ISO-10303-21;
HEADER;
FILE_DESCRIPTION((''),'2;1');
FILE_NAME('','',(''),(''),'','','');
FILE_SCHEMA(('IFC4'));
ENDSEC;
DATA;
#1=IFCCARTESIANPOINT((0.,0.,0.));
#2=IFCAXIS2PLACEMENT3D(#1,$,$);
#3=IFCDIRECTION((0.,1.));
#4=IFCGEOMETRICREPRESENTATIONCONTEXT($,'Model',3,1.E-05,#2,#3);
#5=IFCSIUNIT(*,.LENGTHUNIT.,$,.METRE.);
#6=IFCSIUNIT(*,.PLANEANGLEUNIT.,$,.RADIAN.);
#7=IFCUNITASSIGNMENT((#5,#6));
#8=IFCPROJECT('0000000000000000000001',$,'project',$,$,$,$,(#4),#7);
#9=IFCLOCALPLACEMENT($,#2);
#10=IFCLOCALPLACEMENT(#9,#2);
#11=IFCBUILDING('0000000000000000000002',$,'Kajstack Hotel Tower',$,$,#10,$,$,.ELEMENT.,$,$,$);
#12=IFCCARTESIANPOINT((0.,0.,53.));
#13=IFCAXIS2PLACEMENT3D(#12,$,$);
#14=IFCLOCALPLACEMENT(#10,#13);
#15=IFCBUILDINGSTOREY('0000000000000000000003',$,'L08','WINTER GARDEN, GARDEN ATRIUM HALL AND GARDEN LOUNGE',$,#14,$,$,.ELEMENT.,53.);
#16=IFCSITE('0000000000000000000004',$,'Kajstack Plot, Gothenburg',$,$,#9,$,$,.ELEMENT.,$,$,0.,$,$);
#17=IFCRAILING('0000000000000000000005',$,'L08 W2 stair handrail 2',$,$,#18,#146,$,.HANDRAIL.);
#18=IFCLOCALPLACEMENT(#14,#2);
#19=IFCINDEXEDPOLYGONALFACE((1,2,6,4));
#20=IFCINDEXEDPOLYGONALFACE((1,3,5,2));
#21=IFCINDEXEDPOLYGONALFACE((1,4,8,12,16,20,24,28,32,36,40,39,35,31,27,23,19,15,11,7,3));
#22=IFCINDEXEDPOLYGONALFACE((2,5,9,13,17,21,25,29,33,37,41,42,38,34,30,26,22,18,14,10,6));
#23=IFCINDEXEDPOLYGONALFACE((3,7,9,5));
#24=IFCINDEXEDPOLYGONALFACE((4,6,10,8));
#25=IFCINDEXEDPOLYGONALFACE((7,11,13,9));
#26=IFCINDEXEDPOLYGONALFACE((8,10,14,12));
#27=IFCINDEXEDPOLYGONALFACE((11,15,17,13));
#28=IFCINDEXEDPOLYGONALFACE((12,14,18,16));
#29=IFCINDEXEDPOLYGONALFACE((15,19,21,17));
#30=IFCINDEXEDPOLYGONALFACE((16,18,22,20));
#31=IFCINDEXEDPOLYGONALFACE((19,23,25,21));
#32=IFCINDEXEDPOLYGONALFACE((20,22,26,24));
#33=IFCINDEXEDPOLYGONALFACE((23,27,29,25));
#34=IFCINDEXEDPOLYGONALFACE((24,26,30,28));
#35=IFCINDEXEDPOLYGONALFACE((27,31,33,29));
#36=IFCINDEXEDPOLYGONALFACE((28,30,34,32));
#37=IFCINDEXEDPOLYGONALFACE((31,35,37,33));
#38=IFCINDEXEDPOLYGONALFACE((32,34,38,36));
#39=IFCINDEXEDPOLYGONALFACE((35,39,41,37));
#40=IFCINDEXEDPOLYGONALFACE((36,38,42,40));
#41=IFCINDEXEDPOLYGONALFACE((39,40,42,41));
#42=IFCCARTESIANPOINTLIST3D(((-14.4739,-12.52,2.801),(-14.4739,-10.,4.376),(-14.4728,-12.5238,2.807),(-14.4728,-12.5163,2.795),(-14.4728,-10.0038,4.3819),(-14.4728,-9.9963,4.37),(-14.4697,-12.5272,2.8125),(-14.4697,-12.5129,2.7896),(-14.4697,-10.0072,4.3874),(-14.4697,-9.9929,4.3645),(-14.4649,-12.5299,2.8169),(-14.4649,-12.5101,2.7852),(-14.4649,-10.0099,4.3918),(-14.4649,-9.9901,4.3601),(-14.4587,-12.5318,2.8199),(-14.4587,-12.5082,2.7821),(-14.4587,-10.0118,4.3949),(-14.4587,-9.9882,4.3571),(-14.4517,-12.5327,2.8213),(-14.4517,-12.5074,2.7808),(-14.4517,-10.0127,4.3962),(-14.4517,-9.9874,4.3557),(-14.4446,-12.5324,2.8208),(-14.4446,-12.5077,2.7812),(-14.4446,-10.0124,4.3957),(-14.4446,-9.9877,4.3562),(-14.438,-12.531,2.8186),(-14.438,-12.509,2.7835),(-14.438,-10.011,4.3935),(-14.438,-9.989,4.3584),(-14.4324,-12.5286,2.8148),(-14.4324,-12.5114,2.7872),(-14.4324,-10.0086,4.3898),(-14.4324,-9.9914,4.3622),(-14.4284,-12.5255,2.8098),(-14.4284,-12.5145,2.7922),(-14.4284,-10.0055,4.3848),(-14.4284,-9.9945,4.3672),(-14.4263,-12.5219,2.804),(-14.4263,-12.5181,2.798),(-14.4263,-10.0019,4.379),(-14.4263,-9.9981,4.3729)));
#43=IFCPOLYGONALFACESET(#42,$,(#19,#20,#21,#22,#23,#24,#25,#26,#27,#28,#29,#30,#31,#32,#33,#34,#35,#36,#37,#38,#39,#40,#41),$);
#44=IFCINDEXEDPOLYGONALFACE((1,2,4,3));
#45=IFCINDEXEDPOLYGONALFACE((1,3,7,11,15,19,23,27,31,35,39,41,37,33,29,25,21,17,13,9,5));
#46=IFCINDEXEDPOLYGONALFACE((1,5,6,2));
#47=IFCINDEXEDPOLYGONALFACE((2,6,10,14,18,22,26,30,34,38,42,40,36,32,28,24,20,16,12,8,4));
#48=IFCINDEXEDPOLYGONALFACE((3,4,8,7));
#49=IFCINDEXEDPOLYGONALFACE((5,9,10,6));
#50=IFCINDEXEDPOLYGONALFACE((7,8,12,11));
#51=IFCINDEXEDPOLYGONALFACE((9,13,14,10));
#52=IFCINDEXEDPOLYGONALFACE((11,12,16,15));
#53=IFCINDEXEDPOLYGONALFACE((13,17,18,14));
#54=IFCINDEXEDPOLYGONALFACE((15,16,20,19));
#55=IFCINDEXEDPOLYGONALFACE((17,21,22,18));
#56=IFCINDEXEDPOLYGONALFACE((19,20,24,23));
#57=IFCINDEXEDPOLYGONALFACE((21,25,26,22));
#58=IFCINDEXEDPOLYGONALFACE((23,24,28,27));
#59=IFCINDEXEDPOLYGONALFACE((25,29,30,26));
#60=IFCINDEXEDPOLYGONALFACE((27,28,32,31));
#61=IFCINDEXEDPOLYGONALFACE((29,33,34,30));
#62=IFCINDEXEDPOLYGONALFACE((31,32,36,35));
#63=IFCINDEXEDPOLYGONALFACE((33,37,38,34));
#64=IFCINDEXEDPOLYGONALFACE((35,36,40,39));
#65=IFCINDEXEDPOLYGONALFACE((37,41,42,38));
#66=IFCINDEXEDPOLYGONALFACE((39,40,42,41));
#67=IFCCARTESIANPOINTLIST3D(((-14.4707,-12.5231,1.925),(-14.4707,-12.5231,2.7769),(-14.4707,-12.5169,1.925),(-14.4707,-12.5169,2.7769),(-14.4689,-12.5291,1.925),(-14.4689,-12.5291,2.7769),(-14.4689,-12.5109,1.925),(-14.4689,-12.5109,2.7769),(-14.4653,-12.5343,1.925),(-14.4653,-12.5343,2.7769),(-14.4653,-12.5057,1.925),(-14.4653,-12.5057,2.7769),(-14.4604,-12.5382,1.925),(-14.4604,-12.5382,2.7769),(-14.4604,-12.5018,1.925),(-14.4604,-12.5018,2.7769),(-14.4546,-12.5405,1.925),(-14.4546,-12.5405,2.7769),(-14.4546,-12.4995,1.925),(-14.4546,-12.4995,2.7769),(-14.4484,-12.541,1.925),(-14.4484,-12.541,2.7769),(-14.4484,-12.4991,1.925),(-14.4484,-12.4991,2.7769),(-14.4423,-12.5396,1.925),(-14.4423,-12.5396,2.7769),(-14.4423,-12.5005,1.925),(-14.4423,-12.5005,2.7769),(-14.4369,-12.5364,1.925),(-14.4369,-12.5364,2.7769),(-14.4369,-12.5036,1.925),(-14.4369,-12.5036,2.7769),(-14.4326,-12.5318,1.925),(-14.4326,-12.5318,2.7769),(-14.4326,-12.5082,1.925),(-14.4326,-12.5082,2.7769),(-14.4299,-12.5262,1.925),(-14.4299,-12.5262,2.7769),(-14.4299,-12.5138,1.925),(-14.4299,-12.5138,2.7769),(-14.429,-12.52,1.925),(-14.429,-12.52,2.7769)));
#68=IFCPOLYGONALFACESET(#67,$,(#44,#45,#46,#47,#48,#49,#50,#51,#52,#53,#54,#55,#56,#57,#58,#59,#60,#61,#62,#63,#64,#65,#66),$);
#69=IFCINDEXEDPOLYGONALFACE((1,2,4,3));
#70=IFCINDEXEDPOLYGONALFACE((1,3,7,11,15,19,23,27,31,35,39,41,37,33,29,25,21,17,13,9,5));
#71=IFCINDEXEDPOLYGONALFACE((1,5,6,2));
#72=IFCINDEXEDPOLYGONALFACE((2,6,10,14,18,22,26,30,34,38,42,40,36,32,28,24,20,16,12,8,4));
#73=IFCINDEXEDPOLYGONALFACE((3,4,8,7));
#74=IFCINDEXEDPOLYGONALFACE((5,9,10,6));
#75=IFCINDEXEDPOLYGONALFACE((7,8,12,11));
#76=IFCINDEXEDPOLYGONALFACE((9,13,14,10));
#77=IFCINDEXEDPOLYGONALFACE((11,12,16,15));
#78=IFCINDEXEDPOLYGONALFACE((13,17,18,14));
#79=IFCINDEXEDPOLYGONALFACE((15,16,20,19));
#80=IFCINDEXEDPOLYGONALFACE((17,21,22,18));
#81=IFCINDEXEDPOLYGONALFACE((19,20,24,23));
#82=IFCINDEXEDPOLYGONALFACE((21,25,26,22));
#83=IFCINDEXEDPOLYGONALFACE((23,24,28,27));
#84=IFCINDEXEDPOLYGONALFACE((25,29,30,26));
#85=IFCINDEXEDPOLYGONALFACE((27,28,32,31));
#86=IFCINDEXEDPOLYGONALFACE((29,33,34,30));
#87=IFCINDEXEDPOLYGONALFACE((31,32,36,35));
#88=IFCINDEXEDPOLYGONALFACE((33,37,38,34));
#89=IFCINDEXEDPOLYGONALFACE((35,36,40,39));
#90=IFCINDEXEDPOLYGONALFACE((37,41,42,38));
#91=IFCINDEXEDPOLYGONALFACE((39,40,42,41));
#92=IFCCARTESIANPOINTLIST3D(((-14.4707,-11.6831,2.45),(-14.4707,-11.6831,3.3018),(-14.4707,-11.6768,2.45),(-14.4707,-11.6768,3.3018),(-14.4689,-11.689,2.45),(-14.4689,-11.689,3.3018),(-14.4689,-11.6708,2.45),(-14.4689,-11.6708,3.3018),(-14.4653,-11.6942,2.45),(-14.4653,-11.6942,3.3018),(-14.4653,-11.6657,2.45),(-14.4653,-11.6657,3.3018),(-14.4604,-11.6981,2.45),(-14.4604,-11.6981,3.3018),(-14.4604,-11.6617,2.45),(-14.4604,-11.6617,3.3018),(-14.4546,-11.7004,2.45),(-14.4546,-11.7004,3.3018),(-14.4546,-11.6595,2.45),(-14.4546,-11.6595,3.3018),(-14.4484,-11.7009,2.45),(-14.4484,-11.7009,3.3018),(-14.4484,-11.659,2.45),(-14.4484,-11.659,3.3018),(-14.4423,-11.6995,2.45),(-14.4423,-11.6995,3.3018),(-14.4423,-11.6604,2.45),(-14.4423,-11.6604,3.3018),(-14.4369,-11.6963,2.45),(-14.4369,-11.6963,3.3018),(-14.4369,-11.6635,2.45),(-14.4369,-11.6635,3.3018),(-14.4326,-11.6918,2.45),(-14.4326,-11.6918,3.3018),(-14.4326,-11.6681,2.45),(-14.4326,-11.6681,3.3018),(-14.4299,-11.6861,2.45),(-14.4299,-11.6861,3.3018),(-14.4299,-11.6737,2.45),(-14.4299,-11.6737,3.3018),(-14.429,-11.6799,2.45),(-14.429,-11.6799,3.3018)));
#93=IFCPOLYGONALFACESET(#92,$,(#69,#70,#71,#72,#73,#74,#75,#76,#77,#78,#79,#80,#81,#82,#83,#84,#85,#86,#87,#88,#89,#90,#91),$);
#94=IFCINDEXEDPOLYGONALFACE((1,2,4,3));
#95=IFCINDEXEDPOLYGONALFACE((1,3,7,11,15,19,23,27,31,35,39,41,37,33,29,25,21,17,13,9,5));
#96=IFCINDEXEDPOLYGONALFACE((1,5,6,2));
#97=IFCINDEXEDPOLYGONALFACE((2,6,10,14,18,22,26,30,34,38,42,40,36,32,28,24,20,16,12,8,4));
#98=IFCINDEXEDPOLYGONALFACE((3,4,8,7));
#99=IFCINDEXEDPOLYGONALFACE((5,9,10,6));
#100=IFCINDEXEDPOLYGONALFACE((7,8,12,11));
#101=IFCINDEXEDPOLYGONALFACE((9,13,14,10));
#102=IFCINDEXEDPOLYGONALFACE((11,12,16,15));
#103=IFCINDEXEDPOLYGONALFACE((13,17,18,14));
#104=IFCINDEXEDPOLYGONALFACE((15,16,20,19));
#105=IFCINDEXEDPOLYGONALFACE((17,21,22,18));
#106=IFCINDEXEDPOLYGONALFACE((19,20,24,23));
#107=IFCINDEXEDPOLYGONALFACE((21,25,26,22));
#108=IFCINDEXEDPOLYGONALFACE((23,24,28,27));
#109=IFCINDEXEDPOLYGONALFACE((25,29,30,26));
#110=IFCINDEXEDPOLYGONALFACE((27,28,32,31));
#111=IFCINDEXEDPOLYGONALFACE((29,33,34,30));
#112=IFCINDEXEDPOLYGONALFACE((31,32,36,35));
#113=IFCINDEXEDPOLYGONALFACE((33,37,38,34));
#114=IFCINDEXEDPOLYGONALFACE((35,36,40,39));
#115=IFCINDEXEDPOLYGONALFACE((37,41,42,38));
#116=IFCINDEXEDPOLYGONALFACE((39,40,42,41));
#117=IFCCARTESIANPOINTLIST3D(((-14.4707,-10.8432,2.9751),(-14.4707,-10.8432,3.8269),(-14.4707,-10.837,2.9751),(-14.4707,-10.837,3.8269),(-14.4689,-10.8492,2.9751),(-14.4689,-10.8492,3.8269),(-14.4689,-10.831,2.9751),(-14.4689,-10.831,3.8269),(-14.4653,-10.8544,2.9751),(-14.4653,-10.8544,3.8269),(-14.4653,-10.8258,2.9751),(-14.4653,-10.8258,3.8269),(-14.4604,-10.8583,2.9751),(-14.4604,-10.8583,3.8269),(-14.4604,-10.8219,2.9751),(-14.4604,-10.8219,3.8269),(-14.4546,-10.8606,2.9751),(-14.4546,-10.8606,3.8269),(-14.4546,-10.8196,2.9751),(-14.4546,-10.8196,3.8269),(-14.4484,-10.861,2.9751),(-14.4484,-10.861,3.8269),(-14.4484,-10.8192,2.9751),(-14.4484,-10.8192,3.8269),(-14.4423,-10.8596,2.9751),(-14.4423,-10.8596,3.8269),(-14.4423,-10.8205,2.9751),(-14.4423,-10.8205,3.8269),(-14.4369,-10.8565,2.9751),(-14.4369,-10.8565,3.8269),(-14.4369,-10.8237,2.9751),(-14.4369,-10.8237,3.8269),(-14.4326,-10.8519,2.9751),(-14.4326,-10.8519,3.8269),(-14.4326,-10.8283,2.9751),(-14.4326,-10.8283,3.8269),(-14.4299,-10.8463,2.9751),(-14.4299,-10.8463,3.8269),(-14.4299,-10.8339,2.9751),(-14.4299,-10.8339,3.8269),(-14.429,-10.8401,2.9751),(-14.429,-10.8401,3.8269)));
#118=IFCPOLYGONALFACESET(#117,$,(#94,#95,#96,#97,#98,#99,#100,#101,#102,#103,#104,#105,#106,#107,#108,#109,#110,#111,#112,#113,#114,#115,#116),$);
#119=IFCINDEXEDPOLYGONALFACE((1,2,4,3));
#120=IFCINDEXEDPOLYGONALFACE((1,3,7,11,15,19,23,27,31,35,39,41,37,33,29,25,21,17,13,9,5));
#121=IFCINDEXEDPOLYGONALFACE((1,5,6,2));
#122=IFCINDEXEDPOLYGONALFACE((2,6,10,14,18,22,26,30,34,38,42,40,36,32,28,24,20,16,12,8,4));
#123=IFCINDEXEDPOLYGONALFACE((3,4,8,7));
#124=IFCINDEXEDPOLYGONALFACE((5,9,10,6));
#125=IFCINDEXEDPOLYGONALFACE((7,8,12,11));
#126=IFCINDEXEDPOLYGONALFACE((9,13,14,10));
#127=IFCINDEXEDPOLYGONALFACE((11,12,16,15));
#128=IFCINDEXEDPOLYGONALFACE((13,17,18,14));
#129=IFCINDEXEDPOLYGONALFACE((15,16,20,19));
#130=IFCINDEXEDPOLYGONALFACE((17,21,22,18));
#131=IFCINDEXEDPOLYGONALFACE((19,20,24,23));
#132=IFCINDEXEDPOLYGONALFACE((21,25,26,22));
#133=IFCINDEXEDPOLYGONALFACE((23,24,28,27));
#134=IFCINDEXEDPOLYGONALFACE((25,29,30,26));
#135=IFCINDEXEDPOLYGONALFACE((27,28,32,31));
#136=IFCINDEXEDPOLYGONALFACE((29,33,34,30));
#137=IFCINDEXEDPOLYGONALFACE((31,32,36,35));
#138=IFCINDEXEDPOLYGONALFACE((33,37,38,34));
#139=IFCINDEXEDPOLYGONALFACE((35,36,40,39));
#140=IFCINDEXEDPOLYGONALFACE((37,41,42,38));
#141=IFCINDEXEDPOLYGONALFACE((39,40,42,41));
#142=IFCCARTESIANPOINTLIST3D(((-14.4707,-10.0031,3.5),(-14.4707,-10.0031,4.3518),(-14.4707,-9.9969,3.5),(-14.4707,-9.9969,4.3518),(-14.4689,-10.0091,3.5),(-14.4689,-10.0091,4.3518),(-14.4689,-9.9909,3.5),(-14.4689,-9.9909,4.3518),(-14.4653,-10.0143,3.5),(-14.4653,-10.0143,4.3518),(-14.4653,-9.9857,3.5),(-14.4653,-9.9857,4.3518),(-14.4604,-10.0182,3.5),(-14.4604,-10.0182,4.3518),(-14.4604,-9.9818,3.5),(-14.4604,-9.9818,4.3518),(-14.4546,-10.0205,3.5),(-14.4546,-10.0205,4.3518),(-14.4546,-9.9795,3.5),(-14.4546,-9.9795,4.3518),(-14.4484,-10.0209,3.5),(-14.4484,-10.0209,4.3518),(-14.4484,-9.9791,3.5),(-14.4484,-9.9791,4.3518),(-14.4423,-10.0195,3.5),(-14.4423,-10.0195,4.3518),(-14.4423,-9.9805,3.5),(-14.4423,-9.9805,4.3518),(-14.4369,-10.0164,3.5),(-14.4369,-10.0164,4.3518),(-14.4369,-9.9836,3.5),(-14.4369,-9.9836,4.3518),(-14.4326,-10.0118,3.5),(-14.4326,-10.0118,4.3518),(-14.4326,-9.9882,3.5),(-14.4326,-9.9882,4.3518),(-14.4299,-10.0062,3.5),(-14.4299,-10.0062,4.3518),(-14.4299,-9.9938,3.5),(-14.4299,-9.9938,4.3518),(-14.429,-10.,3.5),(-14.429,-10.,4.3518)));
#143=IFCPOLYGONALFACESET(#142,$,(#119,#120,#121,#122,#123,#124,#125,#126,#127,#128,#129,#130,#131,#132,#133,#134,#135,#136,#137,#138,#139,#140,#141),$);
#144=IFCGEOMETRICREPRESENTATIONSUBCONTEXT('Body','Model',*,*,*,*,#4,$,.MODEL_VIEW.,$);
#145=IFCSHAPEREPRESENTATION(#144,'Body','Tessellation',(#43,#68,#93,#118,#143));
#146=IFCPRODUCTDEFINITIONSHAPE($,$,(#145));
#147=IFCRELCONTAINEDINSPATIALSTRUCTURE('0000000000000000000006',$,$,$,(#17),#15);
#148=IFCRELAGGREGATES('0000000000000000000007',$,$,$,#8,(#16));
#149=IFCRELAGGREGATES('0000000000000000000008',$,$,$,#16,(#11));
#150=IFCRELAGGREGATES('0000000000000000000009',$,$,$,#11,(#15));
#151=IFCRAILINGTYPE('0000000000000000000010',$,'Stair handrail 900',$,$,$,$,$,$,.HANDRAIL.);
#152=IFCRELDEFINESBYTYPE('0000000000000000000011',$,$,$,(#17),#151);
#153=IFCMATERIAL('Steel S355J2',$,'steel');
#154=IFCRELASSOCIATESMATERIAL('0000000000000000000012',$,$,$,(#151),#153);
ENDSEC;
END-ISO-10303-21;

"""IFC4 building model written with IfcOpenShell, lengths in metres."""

from ifc_helpers import new_model, si_unit, direction, frame, origin, origin_2d, place, context, subcontext, project, spatial, circle, extrude, material, type_object, element, save


model = new_model("IFC4")

# Units and contexts
model_context = context("Model", 3, precision=1e-05, world=origin(), true_north=direction((0.0, 1.0)))
body_context = subcontext(model_context, "Body", "Model", "MODEL_VIEW")
ifc_project = project(units=[si_unit("LENGTHUNIT", "METRE"), si_unit("PLANEANGLEUNIT", "RADIAN")], contexts=[model_context])

# Site, building, storey
site_placement = place(None, origin())
site = spatial("IfcSite", under=ifc_project, at=site_placement, Name="Kajstack Plot, Gothenburg", CompositionType="ELEMENT", RefElevation=0.0)
building_placement = place(site_placement, origin())
building = spatial("IfcBuilding", under=site, at=building_placement, Name="Kajstack Hotel Tower", CompositionType="ELEMENT")
storey_placement = place(building_placement, frame((0.0, 0.0, 53.0)))
storey = spatial("IfcBuildingStorey", under=building, at=storey_placement, Name="L08", Description="WINTER GARDEN, GARDEN ATRIUM HALL AND GARDEN LOUNGE", CompositionType="ELEMENT", Elevation=53.0)

# Railing
ifc_material_1 = material(Name="Steel S355J2", Category="steel")
railing_type_1 = type_object("IfcRailingType", Name="Stair handrail 900", PredefinedType="HANDRAIL", material=ifc_material_1)
railing_1_placement = place(storey_placement, frame((-14.45, -12.52, 1.925)))
element("IfcRailing", 1, at=railing_1_placement, inside=storey, type_object=railing_type_1, Name="L08 W2 stair handrail 2", PredefinedType="HANDRAIL", context=body_context, shape_type="SweptSolid", body=[
    extrude(circle(Radius=0.0239, at=origin_2d()), frame((0.0, 0.0, 0.876), z_axis=(0.0, 0.848008, 0.529984), x_axis=(-1.0, 0.0, 0.0)), (0.0, 0.0, 1.0), 2.9717),
    extrude(circle(Radius=0.021, at=origin_2d()), origin(), (0.0, 0.0, 1.0), 0.8518),
    extrude(circle(Radius=0.021, at=origin_2d()), frame((0.0, 0.8401, 0.5249)), (0.0, 0.0, 1.0), 0.8518),
    extrude(circle(Radius=0.021, at=origin_2d()), frame((0.0, 1.6799, 1.05)), (0.0, 0.0, 1.0), 0.8518),
    extrude(circle(Radius=0.021, at=origin_2d()), frame((0.0, 2.52, 1.575)), (0.0, 0.0, 1.0), 0.8518),
])

save(model, "model.ifc")
